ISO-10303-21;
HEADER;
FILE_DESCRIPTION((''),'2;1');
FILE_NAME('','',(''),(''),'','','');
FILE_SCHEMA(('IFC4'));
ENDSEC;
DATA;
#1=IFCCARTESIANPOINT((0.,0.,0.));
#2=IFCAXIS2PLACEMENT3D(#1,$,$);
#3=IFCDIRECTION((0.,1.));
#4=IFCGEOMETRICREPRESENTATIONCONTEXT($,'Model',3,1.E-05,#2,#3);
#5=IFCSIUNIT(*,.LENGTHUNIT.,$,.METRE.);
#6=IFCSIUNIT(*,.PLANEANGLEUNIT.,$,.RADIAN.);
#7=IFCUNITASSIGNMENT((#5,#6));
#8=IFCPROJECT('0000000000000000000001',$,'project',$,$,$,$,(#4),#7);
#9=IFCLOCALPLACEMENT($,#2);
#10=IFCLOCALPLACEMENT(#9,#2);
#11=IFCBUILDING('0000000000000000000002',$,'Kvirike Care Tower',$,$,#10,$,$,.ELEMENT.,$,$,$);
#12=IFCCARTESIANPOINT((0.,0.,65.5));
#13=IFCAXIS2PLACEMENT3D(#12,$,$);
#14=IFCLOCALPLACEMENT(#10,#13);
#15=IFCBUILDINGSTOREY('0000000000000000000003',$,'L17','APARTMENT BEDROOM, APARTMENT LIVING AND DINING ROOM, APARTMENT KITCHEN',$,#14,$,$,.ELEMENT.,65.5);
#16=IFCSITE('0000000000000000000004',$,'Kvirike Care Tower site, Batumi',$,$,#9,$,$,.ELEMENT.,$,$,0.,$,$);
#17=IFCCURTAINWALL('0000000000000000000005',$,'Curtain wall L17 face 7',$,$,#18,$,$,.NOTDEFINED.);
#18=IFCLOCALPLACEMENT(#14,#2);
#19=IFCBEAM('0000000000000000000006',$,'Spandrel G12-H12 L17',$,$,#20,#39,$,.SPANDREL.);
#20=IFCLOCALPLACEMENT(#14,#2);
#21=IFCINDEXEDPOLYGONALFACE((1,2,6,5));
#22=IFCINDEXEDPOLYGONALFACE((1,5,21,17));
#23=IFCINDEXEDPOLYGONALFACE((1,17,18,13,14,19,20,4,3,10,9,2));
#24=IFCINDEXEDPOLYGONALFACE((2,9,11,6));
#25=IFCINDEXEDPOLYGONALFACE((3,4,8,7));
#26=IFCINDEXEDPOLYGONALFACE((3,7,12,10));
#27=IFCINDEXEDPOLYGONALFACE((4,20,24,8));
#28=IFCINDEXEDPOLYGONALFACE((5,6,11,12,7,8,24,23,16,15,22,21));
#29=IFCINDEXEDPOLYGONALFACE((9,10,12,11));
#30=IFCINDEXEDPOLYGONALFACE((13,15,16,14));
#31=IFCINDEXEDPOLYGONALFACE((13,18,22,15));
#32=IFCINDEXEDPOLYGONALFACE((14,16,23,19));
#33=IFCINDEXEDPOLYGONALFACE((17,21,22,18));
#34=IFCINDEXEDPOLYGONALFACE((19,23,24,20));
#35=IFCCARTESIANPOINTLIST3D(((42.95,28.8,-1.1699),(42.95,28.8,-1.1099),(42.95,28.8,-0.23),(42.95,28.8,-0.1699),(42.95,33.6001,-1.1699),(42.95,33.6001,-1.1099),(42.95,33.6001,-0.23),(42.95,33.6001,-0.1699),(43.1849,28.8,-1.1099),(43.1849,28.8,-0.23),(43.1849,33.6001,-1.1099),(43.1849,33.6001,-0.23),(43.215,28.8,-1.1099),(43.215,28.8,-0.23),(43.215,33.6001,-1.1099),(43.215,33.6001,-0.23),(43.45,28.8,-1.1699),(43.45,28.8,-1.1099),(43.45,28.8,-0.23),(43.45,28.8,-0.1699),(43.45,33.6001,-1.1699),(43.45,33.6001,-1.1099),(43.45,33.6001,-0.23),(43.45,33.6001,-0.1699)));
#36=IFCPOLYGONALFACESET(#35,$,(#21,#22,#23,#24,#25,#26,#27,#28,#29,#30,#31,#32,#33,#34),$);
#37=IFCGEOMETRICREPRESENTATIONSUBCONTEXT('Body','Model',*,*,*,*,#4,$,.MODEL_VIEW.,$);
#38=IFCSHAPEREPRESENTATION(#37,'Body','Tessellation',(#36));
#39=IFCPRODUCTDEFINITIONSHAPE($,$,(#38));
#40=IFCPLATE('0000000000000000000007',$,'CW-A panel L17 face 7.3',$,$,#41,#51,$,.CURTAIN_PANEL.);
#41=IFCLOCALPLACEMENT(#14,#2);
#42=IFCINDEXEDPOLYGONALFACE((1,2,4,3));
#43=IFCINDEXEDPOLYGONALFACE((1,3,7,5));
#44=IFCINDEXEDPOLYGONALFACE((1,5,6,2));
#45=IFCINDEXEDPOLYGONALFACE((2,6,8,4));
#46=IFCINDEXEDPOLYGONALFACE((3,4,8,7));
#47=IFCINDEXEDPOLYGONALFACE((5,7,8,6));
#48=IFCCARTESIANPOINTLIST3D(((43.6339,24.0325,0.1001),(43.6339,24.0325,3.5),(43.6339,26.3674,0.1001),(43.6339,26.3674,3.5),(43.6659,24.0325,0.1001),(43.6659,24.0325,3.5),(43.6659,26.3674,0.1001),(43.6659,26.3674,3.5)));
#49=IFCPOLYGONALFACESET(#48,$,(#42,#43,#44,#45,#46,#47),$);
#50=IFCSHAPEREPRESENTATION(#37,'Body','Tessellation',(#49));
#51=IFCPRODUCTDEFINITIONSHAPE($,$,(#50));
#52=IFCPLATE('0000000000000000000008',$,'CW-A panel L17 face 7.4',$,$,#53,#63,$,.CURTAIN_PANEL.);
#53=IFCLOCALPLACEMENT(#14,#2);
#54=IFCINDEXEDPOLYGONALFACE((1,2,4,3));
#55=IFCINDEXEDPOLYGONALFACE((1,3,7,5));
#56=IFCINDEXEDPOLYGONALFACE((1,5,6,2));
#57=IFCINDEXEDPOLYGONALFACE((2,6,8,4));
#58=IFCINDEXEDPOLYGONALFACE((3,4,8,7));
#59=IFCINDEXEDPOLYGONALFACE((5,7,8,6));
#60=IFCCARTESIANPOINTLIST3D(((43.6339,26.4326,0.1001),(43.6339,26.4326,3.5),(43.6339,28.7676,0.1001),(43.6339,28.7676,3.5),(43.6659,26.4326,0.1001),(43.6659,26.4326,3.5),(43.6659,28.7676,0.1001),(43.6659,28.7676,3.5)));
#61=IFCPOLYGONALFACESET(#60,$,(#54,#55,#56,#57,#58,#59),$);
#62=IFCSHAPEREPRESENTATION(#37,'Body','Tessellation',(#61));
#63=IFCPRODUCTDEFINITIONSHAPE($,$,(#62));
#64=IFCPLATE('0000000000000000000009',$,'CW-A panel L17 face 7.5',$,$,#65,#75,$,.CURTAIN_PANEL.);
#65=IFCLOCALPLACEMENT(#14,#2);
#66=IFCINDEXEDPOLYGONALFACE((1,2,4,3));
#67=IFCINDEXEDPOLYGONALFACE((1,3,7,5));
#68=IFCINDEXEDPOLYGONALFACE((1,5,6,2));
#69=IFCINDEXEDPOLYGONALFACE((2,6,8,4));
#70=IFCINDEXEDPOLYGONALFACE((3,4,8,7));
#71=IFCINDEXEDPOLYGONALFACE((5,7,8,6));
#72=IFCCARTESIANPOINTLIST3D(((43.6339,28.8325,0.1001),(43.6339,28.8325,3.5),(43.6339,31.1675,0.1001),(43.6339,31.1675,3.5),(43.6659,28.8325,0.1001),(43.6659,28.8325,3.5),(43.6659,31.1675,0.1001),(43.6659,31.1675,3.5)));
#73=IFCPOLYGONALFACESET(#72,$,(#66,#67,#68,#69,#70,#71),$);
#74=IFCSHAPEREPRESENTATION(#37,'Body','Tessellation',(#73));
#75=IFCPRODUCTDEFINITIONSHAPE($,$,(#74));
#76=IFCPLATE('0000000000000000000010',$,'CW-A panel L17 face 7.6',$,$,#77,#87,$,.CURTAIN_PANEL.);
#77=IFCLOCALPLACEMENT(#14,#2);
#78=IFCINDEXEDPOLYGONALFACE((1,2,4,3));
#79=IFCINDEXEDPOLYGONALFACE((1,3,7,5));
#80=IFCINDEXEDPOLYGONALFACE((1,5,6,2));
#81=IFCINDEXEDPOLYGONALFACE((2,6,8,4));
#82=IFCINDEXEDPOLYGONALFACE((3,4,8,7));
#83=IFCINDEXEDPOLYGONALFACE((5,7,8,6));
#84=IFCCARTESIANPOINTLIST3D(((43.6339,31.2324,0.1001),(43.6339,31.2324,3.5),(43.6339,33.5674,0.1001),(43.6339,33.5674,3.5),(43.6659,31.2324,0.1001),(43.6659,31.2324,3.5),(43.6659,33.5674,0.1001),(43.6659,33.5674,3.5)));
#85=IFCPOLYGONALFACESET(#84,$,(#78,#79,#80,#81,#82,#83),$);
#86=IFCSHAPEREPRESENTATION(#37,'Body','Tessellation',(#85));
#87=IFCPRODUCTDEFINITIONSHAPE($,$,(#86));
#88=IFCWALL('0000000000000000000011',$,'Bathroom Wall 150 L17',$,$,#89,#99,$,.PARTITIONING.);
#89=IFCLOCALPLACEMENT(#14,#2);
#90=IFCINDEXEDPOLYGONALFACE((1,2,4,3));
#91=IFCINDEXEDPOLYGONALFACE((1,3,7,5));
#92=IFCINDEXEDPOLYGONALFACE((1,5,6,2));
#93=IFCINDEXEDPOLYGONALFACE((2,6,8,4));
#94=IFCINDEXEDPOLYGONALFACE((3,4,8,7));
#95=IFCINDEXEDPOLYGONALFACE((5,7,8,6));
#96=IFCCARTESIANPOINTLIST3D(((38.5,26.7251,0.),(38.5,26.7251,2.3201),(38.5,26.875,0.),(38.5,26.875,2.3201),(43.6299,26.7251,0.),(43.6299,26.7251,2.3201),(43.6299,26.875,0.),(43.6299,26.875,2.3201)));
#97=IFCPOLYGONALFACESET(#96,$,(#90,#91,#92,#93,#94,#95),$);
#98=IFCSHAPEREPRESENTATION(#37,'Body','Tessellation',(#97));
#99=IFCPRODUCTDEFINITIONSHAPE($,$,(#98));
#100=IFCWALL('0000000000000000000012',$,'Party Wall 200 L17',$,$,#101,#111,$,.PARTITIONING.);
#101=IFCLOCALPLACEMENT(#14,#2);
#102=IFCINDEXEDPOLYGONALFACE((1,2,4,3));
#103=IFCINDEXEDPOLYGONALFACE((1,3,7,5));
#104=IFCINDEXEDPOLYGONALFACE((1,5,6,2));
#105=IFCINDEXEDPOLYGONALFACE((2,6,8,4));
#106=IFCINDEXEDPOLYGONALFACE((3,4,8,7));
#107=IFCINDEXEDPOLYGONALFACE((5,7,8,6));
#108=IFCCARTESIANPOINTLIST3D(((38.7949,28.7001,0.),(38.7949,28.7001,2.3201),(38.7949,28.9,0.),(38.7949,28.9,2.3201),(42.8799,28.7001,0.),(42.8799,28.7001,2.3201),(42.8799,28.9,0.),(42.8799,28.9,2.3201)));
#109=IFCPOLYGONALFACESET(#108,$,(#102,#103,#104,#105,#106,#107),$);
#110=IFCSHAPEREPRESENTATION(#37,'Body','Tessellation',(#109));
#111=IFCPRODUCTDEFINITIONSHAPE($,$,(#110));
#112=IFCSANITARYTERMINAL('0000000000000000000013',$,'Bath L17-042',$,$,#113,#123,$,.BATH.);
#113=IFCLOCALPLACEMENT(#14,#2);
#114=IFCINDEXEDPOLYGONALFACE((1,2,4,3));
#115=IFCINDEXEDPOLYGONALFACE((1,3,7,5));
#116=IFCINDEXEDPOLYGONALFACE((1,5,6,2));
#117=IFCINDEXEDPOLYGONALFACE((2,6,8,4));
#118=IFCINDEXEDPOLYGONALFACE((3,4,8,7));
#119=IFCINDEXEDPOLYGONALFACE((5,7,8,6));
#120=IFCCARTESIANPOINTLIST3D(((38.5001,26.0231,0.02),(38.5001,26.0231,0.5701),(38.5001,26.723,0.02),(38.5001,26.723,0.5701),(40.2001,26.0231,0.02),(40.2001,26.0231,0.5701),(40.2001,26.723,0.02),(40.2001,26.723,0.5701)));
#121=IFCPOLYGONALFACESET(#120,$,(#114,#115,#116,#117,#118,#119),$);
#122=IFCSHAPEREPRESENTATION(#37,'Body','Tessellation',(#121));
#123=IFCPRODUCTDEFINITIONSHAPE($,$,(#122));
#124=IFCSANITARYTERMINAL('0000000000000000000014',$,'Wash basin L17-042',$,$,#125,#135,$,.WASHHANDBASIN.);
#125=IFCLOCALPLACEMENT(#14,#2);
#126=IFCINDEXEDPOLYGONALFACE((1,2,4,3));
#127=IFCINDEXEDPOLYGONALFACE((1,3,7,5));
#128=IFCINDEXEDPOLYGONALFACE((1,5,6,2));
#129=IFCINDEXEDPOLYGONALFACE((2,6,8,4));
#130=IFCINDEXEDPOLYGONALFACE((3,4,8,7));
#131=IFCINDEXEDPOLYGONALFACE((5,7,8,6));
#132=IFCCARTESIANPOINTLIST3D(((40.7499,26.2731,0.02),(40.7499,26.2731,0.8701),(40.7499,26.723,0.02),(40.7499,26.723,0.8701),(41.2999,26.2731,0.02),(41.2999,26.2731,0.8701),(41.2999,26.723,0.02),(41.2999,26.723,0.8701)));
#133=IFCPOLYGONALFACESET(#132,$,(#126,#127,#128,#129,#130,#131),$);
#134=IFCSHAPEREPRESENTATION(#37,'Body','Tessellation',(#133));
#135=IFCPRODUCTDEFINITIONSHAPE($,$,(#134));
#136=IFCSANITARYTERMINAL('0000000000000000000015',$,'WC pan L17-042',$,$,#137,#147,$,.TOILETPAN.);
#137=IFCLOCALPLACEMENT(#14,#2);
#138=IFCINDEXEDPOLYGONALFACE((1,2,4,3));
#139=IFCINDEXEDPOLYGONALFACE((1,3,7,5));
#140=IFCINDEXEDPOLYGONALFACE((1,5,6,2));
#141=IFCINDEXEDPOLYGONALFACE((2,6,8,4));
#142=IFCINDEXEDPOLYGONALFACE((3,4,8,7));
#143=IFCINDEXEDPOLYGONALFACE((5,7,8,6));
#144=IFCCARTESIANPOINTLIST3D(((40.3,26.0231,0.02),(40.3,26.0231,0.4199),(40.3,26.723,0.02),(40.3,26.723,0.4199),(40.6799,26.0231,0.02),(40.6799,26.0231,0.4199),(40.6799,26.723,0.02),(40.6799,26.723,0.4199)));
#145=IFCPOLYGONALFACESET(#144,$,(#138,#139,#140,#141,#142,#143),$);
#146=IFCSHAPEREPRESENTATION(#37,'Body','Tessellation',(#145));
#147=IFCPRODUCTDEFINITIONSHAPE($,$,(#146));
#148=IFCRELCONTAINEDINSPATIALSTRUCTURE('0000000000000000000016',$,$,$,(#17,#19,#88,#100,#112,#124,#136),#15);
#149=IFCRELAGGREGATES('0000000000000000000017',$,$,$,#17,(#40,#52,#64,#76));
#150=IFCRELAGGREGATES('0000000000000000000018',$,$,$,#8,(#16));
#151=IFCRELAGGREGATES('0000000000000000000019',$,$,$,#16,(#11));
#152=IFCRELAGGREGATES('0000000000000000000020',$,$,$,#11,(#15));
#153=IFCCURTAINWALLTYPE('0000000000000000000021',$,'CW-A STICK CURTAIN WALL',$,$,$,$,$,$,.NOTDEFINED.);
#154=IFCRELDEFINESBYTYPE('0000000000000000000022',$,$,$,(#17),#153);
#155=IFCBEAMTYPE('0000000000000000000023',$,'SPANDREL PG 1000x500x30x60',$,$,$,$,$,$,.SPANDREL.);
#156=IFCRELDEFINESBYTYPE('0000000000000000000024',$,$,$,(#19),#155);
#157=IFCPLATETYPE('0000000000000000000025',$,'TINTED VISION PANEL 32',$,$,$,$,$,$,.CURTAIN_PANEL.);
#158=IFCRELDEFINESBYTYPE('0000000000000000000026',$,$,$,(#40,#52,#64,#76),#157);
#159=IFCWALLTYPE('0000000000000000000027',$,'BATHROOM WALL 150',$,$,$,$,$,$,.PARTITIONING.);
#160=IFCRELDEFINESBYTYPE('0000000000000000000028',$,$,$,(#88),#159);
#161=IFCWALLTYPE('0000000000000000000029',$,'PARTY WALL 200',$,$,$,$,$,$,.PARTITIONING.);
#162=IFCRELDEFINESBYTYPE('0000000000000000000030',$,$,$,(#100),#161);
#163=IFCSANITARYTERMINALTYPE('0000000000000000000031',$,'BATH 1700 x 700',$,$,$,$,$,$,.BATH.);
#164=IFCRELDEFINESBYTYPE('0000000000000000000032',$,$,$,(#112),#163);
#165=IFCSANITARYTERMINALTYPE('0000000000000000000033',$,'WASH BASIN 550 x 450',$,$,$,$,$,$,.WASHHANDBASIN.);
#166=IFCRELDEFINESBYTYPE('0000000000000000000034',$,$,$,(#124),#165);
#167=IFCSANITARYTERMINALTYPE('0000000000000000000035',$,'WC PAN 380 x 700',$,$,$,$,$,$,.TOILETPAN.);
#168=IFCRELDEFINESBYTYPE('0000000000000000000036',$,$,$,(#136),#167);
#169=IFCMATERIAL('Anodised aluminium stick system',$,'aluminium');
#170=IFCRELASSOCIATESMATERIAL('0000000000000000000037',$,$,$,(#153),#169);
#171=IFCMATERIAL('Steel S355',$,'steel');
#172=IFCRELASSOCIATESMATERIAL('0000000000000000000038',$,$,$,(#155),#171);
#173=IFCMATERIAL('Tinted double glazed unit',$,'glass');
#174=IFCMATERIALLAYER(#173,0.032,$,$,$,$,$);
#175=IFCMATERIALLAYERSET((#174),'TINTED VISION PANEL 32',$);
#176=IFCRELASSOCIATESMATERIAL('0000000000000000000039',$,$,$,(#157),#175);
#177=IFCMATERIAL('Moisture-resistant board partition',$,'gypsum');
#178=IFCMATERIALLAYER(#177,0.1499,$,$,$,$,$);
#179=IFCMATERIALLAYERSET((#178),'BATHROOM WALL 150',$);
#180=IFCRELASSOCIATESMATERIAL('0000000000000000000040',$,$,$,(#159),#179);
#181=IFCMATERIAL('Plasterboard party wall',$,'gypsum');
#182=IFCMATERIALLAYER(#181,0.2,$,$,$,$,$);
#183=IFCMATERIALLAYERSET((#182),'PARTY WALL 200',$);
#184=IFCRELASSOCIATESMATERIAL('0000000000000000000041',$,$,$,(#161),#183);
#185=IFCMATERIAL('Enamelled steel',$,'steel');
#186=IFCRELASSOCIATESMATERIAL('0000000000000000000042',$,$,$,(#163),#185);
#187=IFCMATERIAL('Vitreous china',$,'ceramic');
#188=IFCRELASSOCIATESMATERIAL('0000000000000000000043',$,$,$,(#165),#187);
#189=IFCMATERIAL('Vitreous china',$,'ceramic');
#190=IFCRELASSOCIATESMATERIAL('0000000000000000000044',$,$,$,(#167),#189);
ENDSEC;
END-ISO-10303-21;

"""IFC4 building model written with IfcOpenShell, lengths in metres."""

from ifc_helpers import new_model, si_unit, direction, frame, frame_2d, origin, origin_2d, place, context, subcontext, project, spatial, rectangle, i_section, extrude, material, layer, layer_set, material_profile, profile_set, type_object, element, aggregate, save


model = new_model("IFC4")

# Units and contexts
model_context = context("Model", 3, precision=1e-05, world=origin(), true_north=direction((0.0, 1.0)))
body_context = subcontext(model_context, "Body", "Model", "MODEL_VIEW")
ifc_project = project(units=[si_unit("LENGTHUNIT", "METRE"), si_unit("PLANEANGLEUNIT", "RADIAN")], contexts=[model_context])

# Site, building, storey
site_placement = place(None, origin())
site = spatial("IfcSite", under=ifc_project, at=site_placement, Name="Kvirike Care Tower site, Batumi", CompositionType="ELEMENT", RefElevation=0.0)
building_placement = place(site_placement, origin())
building = spatial("IfcBuilding", under=site, at=building_placement, Name="Kvirike Care Tower", CompositionType="ELEMENT")
storey_placement = place(building_placement, frame((0.0, 0.0, 65.5)))
storey = spatial("IfcBuildingStorey", under=building, at=storey_placement, Name="L17", Description="APARTMENT BEDROOM, APARTMENT LIVING AND DINING ROOM, APARTMENT KITCHEN", CompositionType="ELEMENT", Elevation=65.5)

# Curtain wall
ifc_material_1 = material(Name="Anodised aluminium stick system", Category="aluminium")
curtain_wall_type = type_object("IfcCurtainWallType", Name="CW-A STICK CURTAIN WALL", PredefinedType="NOTDEFINED", material=ifc_material_1)
curtain_wall_placement = place(storey_placement, origin())
curtain_wall = element("IfcCurtainWall", 1, at=curtain_wall_placement, inside=storey, type_object=curtain_wall_type, Name="Curtain wall L17 face 7", PredefinedType="NOTDEFINED")

# Beam
ifc_material_2 = material(Name="Steel S355", Category="steel")
ifc_material_profile_1 = material_profile(ifc_material_2, i_section(OverallWidth=0.5, OverallDepth=1.0, WebThickness=0.03, FlangeThickness=0.0601, at=origin_2d()), Name="PG 1000x500x30x60")
ifc_profile_set_1 = profile_set([ifc_material_profile_1], Name="Steel S355")
beam_type_1 = type_object("IfcBeamType", Name="SPANDREL PG 1000x500x30x60", PredefinedType="SPANDREL", material=ifc_profile_set_1)
beam_1_placement = place(storey_placement, frame((43.2, 28.8, -0.6699), z_axis=(0.0, 1.0, 0.0), x_axis=(-1.0, 0.0, 0.0)))
element("IfcBeam", 2, at=beam_1_placement, inside=storey, type_object=beam_type_1, Name="Spandrel G12-H12 L17", PredefinedType="SPANDREL", context=body_context, shape_type="SweptSolid", body=[
    extrude(i_section(OverallWidth=0.5, OverallDepth=1.0, WebThickness=0.03, FlangeThickness=0.0601, at=origin_2d()), origin(), (0.0, 0.0, 1.0), 4.8),
])

# Plates
ifc_material_3 = material(Name="Tinted double glazed unit", Category="glass")
ifc_layer_1 = layer(ifc_material_3, 0.032)
ifc_layer_set_1 = layer_set([ifc_layer_1], Name="TINTED VISION PANEL 32")
plate_type = type_object("IfcPlateType", Name="TINTED VISION PANEL 32", PredefinedType="CURTAIN_PANEL", material=ifc_layer_set_1)
plate_1_placement = place(storey_placement, frame((43.6499, 25.2, 0.1001), z_axis=(0.0, 0.0, 1.0), x_axis=(0.0, 1.0, 0.0)))
plate_1 = element("IfcPlate", 3, at=plate_1_placement, type_object=plate_type, Name="CW-A panel L17 face 7.3", PredefinedType="CURTAIN_PANEL", context=body_context, shape_type="SweptSolid", body=[
    extrude(rectangle(XDim=2.335, YDim=0.032, at=origin_2d()), origin(), (0.0, 0.0, 1.0), 3.3999),
])
plate_2_placement = place(storey_placement, frame((43.6499, 27.6001, 0.1001), z_axis=(0.0, 0.0, 1.0), x_axis=(0.0, 1.0, 0.0)))
plate_2 = element("IfcPlate", 4, at=plate_2_placement, type_object=plate_type, Name="CW-A panel L17 face 7.4", PredefinedType="CURTAIN_PANEL", context=body_context, shape_type="SweptSolid", body=[
    extrude(rectangle(XDim=2.335, YDim=0.032, at=origin_2d()), origin(), (0.0, 0.0, 1.0), 3.3999),
])
plate_3_placement = place(storey_placement, frame((43.6499, 30.0, 0.1001), z_axis=(0.0, 0.0, 1.0), x_axis=(0.0, 1.0, 0.0)))
plate_3 = element("IfcPlate", 5, at=plate_3_placement, type_object=plate_type, Name="CW-A panel L17 face 7.5", PredefinedType="CURTAIN_PANEL", context=body_context, shape_type="SweptSolid", body=[
    extrude(rectangle(XDim=2.335, YDim=0.032, at=origin_2d()), origin(), (0.0, 0.0, 1.0), 3.3999),
])
plate_4_placement = place(storey_placement, frame((43.6499, 32.3999, 0.1001), z_axis=(0.0, 0.0, 1.0), x_axis=(0.0, 1.0, 0.0)))
plate_4 = element("IfcPlate", 6, at=plate_4_placement, type_object=plate_type, Name="CW-A panel L17 face 7.6", PredefinedType="CURTAIN_PANEL", context=body_context, shape_type="SweptSolid", body=[
    extrude(rectangle(XDim=2.335, YDim=0.032, at=origin_2d()), origin(), (0.0, 0.0, 1.0), 3.3999),
])
aggregate(curtain_wall, [plate_1, plate_2, plate_3, plate_4])

# Walls
ifc_material_4 = material(Name="Moisture-resistant board partition", Category="gypsum")
ifc_layer_2 = layer(ifc_material_4, 0.1499)
ifc_layer_set_2 = layer_set([ifc_layer_2], Name="BATHROOM WALL 150")
wall_type_1 = type_object("IfcWallType", Name="BATHROOM WALL 150", PredefinedType="PARTITIONING", material=ifc_layer_set_2)
wall_1_placement = place(storey_placement, frame((38.5, 26.8, 0.0), z_axis=(0.0, 0.0, 1.0), x_axis=(1.0, 0.0, 0.0)))
element("IfcWall", 7, at=wall_1_placement, inside=storey, type_object=wall_type_1, Name="Bathroom Wall 150 L17", PredefinedType="PARTITIONING", context=body_context, shape_type="SweptSolid", body=[
    extrude(rectangle(XDim=5.1299, YDim=0.1499, at=frame_2d((2.5649, 0.0))), origin(), (0.0, 0.0, 1.0), 2.3201),
])
ifc_material_5 = material(Name="Plasterboard party wall", Category="gypsum")
ifc_layer_3 = layer(ifc_material_5, 0.2)
ifc_layer_set_3 = layer_set([ifc_layer_3], Name="PARTY WALL 200")
wall_type_2 = type_object("IfcWallType", Name="PARTY WALL 200", PredefinedType="PARTITIONING", material=ifc_layer_set_3)
wall_2_placement = place(storey_placement, frame((42.8799, 28.8, 0.0), z_axis=(0.0, 0.0, 1.0), x_axis=(-1.0, 0.0, 0.0)))
element("IfcWall", 8, at=wall_2_placement, inside=storey, type_object=wall_type_2, Name="Party Wall 200 L17", PredefinedType="PARTITIONING", context=body_context, shape_type="SweptSolid", body=[
    extrude(rectangle(XDim=4.085, YDim=0.2, at=frame_2d((2.0425, 0.0))), origin(), (0.0, 0.0, 1.0), 2.3201),
])

# Sanitary terminals
ifc_material_6 = material(Name="Enamelled steel", Category="steel")
sanitary_terminal_type_1 = type_object("IfcSanitaryTerminalType", Name="BATH 1700 x 700", PredefinedType="BATH", material=ifc_material_6)
sanitary_terminal_1_placement = place(storey_placement, frame((39.3501, 26.373, 0.02), z_axis=(0.0, 0.0, 1.0), x_axis=(1.0, 0.0, 0.0)))
element("IfcSanitaryTerminal", 9, at=sanitary_terminal_1_placement, inside=storey, type_object=sanitary_terminal_type_1, Name="Bath L17-042", PredefinedType="BATH", context=body_context, shape_type="SweptSolid", body=[
    extrude(rectangle(XDim=1.7, YDim=0.7, at=origin_2d()), origin(), (0.0, 0.0, 1.0), 0.55),
])
ifc_material_7 = material(Name="Vitreous china", Category="ceramic")
sanitary_terminal_type_2 = type_object("IfcSanitaryTerminalType", Name="WASH BASIN 550 x 450", PredefinedType="WASHHANDBASIN", material=ifc_material_7)
sanitary_terminal_2_placement = place(storey_placement, frame((41.0249, 26.498, 0.02), z_axis=(0.0, 0.0, 1.0), x_axis=(1.0, 0.0, 0.0)))
element("IfcSanitaryTerminal", 10, at=sanitary_terminal_2_placement, inside=storey, type_object=sanitary_terminal_type_2, Name="Wash basin L17-042", PredefinedType="WASHHANDBASIN", context=body_context, shape_type="SweptSolid", body=[
    extrude(rectangle(XDim=0.55, YDim=0.45, at=origin_2d()), origin(), (0.0, 0.0, 1.0), 0.8501),
])
ifc_material_8 = material(Name="Vitreous china", Category="ceramic")
sanitary_terminal_type_3 = type_object("IfcSanitaryTerminalType", Name="WC PAN 380 x 700", PredefinedType="TOILETPAN", material=ifc_material_8)
sanitary_terminal_3_placement = place(storey_placement, frame((40.49, 26.373, 0.02), z_axis=(0.0, 0.0, 1.0), x_axis=(1.0, 0.0, 0.0)))
element("IfcSanitaryTerminal", 11, at=sanitary_terminal_3_placement, inside=storey, type_object=sanitary_terminal_type_3, Name="WC pan L17-042", PredefinedType="TOILETPAN", context=body_context, shape_type="SweptSolid", body=[
    extrude(rectangle(XDim=0.3799, YDim=0.7, at=origin_2d()), origin(), (0.0, 0.0, 1.0), 0.3999),
])

save(model, "model.ifc")
